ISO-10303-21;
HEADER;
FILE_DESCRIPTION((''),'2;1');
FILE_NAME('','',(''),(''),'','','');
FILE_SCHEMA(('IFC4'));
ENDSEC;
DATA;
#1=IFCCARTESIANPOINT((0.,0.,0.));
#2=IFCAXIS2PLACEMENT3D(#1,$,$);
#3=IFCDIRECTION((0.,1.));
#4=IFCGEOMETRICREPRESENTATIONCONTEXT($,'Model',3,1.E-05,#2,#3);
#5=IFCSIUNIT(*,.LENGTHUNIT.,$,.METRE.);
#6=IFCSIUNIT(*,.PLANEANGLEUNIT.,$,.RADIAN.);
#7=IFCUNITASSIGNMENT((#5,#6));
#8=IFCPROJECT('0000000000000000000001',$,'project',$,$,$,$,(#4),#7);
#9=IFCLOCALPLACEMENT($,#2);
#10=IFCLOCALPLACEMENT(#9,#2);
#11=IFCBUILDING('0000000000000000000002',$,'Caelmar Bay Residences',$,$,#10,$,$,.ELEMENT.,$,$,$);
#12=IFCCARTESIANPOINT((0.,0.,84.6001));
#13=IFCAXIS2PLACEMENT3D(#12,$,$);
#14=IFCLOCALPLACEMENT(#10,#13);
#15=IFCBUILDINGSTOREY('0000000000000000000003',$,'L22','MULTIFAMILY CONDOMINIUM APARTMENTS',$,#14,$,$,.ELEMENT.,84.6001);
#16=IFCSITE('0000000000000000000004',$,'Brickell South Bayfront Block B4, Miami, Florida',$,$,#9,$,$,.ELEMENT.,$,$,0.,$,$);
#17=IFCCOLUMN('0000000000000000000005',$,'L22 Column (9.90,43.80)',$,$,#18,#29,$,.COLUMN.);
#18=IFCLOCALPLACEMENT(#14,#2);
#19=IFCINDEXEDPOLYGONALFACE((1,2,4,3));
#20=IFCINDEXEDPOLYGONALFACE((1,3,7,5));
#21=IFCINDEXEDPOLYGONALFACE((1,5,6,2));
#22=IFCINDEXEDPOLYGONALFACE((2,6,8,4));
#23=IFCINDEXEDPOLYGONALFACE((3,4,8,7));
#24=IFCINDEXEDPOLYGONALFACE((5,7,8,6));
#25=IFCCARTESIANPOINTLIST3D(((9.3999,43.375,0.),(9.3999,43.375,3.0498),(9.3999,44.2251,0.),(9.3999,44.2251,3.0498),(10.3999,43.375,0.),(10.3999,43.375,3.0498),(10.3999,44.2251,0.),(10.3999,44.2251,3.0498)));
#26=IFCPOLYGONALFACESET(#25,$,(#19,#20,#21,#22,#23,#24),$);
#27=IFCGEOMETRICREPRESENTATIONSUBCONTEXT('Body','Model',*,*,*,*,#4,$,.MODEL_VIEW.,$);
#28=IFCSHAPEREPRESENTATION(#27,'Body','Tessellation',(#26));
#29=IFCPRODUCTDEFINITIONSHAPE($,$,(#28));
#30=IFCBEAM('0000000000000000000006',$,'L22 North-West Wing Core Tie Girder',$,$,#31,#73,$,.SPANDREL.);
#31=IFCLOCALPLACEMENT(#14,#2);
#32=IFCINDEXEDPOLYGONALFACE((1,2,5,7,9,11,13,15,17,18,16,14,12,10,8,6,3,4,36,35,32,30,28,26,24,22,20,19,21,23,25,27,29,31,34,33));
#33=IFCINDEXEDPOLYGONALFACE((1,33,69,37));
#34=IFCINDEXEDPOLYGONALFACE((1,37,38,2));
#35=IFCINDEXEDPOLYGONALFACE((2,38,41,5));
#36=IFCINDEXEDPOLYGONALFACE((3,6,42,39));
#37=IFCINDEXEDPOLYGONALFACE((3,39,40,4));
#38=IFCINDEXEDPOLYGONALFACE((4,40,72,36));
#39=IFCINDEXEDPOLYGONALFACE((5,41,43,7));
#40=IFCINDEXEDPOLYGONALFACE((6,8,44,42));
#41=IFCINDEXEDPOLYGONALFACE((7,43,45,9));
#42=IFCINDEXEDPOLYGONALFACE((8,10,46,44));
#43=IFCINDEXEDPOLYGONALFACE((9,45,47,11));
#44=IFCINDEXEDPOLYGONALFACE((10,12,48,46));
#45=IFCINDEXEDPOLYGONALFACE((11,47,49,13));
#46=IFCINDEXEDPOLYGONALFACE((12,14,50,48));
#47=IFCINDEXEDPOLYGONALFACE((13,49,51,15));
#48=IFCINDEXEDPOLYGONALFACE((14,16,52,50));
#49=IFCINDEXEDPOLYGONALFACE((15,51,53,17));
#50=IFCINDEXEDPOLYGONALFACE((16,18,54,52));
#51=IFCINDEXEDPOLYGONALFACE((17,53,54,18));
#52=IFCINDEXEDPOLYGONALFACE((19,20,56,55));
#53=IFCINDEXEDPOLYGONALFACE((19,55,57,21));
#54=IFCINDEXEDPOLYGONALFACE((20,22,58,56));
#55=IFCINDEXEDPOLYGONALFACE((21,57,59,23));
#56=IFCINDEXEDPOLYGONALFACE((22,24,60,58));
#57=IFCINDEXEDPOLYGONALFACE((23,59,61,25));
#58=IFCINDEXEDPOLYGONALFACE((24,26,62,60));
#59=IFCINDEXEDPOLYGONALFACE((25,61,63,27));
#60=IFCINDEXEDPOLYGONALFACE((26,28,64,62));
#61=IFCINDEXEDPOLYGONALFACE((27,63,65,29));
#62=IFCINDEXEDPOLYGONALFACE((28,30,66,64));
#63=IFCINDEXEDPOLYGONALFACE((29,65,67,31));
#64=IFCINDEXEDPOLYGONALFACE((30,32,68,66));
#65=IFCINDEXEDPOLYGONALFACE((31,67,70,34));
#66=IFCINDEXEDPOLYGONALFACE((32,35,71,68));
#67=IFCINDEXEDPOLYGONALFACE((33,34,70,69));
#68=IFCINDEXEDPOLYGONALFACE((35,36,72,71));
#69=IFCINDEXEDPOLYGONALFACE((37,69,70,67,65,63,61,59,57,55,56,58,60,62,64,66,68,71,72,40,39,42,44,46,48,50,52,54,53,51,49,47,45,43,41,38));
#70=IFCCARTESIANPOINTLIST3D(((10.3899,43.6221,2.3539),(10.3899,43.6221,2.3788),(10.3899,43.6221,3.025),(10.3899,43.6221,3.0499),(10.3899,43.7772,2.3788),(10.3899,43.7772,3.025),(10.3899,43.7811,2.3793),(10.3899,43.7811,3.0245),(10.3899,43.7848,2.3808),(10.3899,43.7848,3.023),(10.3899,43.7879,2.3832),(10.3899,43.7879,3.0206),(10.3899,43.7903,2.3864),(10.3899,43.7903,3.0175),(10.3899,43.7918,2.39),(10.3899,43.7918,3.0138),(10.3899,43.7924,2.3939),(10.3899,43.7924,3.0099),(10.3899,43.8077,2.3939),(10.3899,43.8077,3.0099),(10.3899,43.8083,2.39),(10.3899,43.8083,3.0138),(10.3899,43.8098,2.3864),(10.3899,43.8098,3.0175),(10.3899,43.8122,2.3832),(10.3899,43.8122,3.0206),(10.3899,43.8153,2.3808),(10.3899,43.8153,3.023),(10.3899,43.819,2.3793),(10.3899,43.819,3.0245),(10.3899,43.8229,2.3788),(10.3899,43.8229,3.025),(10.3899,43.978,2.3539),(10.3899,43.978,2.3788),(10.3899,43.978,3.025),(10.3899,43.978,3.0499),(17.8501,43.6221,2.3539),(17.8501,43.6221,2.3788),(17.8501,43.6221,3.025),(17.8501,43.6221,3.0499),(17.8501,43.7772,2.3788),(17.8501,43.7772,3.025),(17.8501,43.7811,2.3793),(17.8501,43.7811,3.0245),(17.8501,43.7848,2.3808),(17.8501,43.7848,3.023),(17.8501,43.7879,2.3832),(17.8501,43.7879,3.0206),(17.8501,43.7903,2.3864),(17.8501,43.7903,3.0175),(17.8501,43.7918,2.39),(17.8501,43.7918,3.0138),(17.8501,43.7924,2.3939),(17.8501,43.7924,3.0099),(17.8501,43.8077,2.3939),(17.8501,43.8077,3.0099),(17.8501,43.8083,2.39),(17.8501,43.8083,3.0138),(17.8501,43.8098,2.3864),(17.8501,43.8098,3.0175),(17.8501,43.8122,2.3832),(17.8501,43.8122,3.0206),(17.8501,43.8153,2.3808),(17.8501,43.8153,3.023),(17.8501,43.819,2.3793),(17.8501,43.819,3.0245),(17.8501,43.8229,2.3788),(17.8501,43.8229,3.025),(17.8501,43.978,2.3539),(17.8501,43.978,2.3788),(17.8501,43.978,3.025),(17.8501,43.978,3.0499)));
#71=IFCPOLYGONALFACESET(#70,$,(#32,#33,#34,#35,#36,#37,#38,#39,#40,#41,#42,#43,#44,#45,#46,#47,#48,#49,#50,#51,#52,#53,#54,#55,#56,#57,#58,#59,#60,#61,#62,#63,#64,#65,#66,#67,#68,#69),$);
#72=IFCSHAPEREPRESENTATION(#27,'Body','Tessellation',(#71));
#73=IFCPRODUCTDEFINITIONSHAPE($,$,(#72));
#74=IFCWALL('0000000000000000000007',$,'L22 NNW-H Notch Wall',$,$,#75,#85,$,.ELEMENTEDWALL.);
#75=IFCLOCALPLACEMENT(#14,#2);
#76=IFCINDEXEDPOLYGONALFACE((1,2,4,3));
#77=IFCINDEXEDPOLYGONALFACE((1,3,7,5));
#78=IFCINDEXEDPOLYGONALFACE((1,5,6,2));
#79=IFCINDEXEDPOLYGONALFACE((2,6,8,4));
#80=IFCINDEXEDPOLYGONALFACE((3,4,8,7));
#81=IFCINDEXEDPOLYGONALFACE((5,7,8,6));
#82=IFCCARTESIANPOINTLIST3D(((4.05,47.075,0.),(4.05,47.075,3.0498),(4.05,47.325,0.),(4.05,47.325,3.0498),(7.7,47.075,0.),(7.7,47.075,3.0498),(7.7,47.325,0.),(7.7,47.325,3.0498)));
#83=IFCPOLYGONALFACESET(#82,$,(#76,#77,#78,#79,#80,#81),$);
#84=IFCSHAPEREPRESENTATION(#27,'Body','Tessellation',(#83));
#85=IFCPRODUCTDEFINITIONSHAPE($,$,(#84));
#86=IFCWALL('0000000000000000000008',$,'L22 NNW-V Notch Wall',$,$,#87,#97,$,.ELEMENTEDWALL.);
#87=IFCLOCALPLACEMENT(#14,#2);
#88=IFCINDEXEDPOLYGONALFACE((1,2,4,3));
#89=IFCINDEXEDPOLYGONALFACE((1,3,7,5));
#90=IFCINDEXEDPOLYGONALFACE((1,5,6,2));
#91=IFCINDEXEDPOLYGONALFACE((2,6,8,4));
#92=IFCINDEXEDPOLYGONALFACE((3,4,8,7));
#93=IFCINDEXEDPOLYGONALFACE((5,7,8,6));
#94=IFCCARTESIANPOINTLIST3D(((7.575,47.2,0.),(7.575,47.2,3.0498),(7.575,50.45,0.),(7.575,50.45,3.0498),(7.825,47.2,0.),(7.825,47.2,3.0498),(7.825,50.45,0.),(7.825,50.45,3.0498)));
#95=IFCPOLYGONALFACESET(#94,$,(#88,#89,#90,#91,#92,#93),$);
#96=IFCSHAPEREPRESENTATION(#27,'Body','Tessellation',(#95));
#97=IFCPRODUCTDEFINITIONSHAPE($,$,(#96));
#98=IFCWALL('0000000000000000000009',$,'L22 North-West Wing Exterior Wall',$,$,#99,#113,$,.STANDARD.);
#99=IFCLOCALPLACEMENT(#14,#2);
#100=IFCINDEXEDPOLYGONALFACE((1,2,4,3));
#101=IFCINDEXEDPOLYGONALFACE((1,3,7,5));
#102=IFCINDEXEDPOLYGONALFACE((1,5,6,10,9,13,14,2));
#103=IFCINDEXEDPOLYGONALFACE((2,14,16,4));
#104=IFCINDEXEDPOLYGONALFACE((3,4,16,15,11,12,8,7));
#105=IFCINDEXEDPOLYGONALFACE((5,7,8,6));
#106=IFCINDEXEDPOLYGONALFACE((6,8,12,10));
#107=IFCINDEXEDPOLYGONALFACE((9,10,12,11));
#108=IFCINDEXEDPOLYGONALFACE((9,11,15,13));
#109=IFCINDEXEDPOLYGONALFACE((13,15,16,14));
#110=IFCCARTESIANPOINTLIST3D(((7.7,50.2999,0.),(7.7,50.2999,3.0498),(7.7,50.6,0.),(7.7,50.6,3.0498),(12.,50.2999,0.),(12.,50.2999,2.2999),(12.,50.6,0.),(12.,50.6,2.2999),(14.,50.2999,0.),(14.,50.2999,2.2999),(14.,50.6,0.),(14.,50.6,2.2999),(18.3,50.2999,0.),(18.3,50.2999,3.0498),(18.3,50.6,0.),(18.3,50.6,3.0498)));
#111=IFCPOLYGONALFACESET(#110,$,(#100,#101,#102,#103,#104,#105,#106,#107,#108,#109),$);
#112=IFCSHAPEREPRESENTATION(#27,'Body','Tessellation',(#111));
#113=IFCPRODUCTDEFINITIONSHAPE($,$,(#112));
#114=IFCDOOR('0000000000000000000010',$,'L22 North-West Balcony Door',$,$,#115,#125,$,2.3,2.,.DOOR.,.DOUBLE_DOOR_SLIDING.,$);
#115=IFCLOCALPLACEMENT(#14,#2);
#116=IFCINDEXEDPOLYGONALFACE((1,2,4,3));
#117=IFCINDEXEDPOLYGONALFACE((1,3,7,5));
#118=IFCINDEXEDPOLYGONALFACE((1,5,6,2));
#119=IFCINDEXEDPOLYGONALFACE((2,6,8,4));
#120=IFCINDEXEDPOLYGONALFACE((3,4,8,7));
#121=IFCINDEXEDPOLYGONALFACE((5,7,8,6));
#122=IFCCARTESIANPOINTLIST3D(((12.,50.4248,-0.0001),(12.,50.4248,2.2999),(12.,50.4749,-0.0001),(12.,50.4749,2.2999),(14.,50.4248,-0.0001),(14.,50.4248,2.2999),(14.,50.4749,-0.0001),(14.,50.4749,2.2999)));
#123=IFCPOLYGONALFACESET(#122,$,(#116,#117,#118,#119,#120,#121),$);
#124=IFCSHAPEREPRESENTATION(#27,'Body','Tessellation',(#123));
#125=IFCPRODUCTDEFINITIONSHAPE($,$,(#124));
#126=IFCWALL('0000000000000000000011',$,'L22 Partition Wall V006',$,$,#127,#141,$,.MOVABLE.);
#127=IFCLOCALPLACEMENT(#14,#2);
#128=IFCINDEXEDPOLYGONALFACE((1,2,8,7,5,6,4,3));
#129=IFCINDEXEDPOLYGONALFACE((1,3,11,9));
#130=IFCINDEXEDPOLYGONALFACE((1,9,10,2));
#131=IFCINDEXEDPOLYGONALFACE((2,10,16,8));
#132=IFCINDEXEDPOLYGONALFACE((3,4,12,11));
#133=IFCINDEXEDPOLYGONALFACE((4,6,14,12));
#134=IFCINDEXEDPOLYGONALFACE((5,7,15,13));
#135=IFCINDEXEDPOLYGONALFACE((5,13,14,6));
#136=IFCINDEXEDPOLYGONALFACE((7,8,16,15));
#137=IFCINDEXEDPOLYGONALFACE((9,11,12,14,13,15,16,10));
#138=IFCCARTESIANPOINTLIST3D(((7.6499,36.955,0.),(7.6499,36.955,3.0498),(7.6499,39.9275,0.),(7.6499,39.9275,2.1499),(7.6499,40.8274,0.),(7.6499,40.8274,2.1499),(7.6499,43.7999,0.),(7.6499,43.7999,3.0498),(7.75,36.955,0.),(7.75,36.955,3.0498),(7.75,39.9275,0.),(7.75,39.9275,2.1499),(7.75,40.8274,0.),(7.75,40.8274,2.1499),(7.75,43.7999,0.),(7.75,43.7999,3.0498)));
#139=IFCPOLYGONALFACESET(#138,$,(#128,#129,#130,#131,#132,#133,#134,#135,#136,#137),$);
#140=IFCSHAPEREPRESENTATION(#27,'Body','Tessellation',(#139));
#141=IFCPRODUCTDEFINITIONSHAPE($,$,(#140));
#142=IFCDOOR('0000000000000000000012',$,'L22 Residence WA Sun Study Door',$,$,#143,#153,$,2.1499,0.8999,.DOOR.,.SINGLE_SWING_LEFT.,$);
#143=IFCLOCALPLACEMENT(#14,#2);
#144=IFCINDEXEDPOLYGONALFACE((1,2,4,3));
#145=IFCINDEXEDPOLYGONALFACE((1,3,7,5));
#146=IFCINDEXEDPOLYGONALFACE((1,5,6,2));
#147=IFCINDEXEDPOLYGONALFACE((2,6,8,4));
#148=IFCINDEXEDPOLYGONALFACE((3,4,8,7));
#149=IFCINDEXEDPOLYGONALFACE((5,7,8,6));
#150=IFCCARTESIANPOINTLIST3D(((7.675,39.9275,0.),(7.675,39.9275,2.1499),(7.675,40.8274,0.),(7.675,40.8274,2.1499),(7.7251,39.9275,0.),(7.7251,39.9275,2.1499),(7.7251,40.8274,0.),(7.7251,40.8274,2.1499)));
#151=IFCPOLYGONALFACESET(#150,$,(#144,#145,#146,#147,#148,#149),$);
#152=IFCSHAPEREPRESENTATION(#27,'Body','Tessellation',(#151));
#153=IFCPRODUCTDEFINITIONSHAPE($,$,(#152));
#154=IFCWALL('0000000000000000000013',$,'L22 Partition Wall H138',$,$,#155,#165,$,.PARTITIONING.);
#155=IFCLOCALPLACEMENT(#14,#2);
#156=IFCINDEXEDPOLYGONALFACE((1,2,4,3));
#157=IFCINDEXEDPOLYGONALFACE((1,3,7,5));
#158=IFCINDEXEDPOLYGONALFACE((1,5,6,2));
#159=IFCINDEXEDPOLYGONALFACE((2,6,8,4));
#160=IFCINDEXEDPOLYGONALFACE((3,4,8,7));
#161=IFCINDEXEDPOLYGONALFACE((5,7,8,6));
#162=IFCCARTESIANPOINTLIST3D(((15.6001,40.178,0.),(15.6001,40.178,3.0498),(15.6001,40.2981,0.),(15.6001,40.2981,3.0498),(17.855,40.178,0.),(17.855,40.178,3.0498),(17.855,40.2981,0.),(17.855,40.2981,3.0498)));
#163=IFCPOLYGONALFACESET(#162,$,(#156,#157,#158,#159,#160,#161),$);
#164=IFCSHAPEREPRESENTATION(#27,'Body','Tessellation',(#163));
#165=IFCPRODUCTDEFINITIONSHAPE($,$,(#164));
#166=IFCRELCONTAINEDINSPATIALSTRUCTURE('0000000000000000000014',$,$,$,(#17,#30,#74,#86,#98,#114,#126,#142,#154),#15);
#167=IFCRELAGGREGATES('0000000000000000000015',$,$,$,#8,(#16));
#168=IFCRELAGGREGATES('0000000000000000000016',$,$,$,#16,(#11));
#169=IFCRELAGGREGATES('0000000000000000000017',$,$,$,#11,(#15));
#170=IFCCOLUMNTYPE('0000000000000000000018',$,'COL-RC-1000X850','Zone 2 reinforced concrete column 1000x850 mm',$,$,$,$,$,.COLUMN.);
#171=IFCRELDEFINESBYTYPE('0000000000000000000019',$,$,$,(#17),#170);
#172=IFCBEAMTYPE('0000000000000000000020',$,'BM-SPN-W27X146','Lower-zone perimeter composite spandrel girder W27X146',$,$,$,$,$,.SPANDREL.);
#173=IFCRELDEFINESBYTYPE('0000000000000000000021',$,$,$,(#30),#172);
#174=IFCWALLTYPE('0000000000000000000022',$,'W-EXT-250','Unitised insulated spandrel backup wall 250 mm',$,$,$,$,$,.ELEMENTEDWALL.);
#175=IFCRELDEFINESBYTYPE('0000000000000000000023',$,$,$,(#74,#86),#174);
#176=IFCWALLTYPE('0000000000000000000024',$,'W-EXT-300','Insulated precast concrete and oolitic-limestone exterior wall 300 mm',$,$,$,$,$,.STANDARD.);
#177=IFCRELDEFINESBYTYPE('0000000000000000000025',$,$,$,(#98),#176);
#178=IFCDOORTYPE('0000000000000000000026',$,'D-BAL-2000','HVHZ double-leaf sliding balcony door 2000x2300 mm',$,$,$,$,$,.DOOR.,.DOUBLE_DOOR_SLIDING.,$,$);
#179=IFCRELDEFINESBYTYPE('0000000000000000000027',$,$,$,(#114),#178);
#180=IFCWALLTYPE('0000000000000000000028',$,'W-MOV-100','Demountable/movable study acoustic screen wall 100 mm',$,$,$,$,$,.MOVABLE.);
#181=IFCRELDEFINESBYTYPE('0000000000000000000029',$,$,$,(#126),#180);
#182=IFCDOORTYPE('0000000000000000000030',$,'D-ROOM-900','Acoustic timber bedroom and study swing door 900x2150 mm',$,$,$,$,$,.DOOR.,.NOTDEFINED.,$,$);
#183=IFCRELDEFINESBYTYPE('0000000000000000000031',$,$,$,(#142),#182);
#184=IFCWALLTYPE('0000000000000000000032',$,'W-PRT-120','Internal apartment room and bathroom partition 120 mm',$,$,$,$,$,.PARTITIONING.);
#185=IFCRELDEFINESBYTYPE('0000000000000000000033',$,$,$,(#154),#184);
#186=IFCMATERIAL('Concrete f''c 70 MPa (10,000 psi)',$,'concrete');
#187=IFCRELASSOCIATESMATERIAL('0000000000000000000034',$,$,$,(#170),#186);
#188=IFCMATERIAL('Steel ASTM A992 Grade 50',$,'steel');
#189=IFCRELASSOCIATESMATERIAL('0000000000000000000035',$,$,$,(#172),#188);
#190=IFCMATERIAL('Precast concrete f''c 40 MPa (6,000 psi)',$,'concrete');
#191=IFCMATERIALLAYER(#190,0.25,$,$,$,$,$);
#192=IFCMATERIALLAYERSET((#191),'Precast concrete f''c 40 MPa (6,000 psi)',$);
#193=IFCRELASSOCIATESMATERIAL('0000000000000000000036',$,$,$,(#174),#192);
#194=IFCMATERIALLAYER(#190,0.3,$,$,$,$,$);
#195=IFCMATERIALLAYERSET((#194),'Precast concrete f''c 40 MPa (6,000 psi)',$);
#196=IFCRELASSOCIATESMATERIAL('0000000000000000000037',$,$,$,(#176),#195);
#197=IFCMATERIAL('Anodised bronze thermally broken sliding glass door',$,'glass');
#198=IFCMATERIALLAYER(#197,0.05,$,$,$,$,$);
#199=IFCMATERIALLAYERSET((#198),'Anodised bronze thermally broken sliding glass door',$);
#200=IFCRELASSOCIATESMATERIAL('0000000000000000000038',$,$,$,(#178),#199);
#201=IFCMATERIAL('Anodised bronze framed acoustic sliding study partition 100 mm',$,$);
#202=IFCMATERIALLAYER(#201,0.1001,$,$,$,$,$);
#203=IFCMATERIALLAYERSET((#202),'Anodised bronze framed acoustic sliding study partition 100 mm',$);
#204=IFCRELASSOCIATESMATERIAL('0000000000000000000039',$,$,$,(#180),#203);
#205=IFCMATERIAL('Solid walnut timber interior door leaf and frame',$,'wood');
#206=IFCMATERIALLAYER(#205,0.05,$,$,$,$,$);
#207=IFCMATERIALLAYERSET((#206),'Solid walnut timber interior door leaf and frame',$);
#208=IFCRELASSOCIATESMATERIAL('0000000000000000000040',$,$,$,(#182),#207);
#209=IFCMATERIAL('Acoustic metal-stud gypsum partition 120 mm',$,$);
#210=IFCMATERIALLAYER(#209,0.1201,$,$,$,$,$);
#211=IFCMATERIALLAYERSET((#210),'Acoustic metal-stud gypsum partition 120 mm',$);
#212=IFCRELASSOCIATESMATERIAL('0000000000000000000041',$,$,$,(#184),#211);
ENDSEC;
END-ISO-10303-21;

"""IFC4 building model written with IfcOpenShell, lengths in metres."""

from ifc_helpers import new_model, si_unit, direction, frame, frame_2d, origin, origin_2d, place, context, subcontext, project, spatial, rectangle, i_section, extrude, material, layer, layer_set, material_profile, profile_set, type_object, element, fill, save


model = new_model("IFC4")

# Units and contexts
model_context = context("Model", 3, precision=1e-05, world=origin(), true_north=direction((0.0, 1.0)))
body_context = subcontext(model_context, "Body", "Model", "MODEL_VIEW")
ifc_project = project(units=[si_unit("LENGTHUNIT", "METRE"), si_unit("PLANEANGLEUNIT", "RADIAN")], contexts=[model_context])

# Site, building, storey
site_placement = place(None, origin())
site = spatial("IfcSite", under=ifc_project, at=site_placement, Name="Brickell South Bayfront Block B4, Miami, Florida", CompositionType="ELEMENT", RefElevation=0.0)
building_placement = place(site_placement, origin())
building = spatial("IfcBuilding", under=site, at=building_placement, Name="Caelmar Bay Residences", CompositionType="ELEMENT")
storey_placement = place(building_placement, frame((0.0, 0.0, 84.6001)))
storey = spatial("IfcBuildingStorey", under=building, at=storey_placement, Name="L22", Description="MULTIFAMILY CONDOMINIUM APARTMENTS", CompositionType="ELEMENT", Elevation=84.6001)

# Column
ifc_material_1 = material(Name="Concrete f'c 70 MPa (10,000 psi)", Category="concrete")
ifc_material_profile_1 = material_profile(ifc_material_1, rectangle(XDim=1.0, YDim=0.8501, at=origin_2d()), Name="RC-COL-1000X850")
ifc_profile_set_1 = profile_set([ifc_material_profile_1], Name="Concrete f'c 70 MPa (10,000 psi)")
column_type = type_object("IfcColumnType", Name="COL-RC-1000X850", Description="Zone 2 reinforced concrete column 1000x850 mm", PredefinedType="COLUMN", material=ifc_profile_set_1)
column_placement = place(storey_placement, frame((9.8999, 43.8, 0.0), z_axis=(0.0, 0.0, 1.0), x_axis=(1.0, 0.0, 0.0)))
element("IfcColumn", 1, at=column_placement, inside=storey, type_object=column_type, Name="L22 Column (9.90,43.80)", PredefinedType="COLUMN", context=body_context, shape_type="SweptSolid", body=[
    extrude(rectangle(XDim=1.0, YDim=0.8501, at=origin_2d()), origin(), (0.0, 0.0, 1.0), 3.0498),
])

# Beam
ifc_material_2 = material(Name="Steel ASTM A992 Grade 50", Category="steel")
ifc_material_profile_2 = material_profile(ifc_material_2, i_section(OverallWidth=0.356, OverallDepth=0.696, WebThickness=0.0154, FlangeThickness=0.0249, FilletRadius=0.0151, at=origin_2d()), Name="W27X146")
ifc_profile_set_2 = profile_set([ifc_material_profile_2], Name="Steel ASTM A992 Grade 50")
beam_type = type_object("IfcBeamType", Name="BM-SPN-W27X146", Description="Lower-zone perimeter composite spandrel girder W27X146", PredefinedType="SPANDREL", material=ifc_profile_set_2)
beam_placement = place(storey_placement, frame((10.3899, 43.8, 2.7019), z_axis=(1.0, 0.0, 0.0), x_axis=(0.0, 1.0, 0.0)))
element("IfcBeam", 2, at=beam_placement, inside=storey, type_object=beam_type, Name="L22 North-West Wing Core Tie Girder", PredefinedType="SPANDREL", context=body_context, shape_type="SweptSolid", body=[
    extrude(i_section(OverallWidth=0.356, OverallDepth=0.696, WebThickness=0.0154, FlangeThickness=0.0249, FilletRadius=0.0151, at=origin_2d()), origin(), (0.0, 0.0, 1.0), 7.4602),
])

# Walls
ifc_material_3 = material(Name="Precast concrete f'c 40 MPa (6,000 psi)", Category="concrete")
ifc_layer_1 = layer(ifc_material_3, 0.25)
ifc_layer_set_1 = layer_set([ifc_layer_1], Name="Precast concrete f'c 40 MPa (6,000 psi)")
wall_type_1 = type_object("IfcWallType", Name="W-EXT-250", Description="Unitised insulated spandrel backup wall 250 mm", PredefinedType="ELEMENTEDWALL", material=ifc_layer_set_1)
wall_1_placement = place(storey_placement, frame((4.05, 47.2, 0.0), z_axis=(0.0, 0.0, 1.0), x_axis=(1.0, 0.0, 0.0)))
element("IfcWall", 3, at=wall_1_placement, inside=storey, type_object=wall_type_1, Name="L22 NNW-H Notch Wall", PredefinedType="ELEMENTEDWALL", context=body_context, shape_type="SweptSolid", body=[
    extrude(rectangle(XDim=3.6499, YDim=0.25, at=frame_2d((1.825, 0.0))), origin(), (0.0, 0.0, 1.0), 3.0498),
])
wall_2_placement = place(storey_placement, frame((7.7, 47.2, 0.0), z_axis=(0.0, 0.0, 1.0), x_axis=(0.0, 1.0, 0.0)))
element("IfcWall", 4, at=wall_2_placement, inside=storey, type_object=wall_type_1, Name="L22 NNW-V Notch Wall", PredefinedType="ELEMENTEDWALL", context=body_context, shape_type="SweptSolid", body=[
    extrude(rectangle(XDim=3.25, YDim=0.25, at=frame_2d((1.625, 0.0))), origin(), (0.0, 0.0, 1.0), 3.0498),
])

# Walls, openings, doors
ifc_layer_2 = layer(ifc_material_3, 0.3)
ifc_layer_set_2 = layer_set([ifc_layer_2], Name="Precast concrete f'c 40 MPa (6,000 psi)")
wall_type_2 = type_object("IfcWallType", Name="W-EXT-300", Description="Insulated precast concrete and oolitic-limestone exterior wall 300 mm", PredefinedType="STANDARD", material=ifc_layer_set_2)
wall_3_placement = place(storey_placement, frame((7.7, 50.45, 0.0), z_axis=(0.0, 0.0, 1.0), x_axis=(1.0, 0.0, 0.0)))
wall_3 = element("IfcWall", 5, at=wall_3_placement, inside=storey, type_object=wall_type_2, Name="L22 North-West Wing Exterior Wall", PredefinedType="STANDARD", context=body_context, shape_type="SweptSolid", body=[
    extrude(rectangle(XDim=10.6001, YDim=0.3, at=frame_2d((5.3, 0.0))), origin(), (0.0, 0.0, 1.0), 3.0498),
])
opening_1_placement = place(wall_3_placement, frame((4.3, 0.0, 0.0)))
opening_1 = element("IfcOpeningElement", 6, at=opening_1_placement, cuts=wall_3, PredefinedType="OPENING", context=body_context, shape_type="SweptSolid", body=[
    extrude(rectangle(XDim=2.0, YDim=2.3, at=frame_2d((1.0, 1.1499))), frame((0.0, 0.1599, 0.0), z_axis=(0.0, -1.0, 0.0), x_axis=(1.0, 0.0, 0.0)), (0.0, 0.0, 1.0), 0.3201),
])
ifc_material_4 = material(Name="Anodised bronze thermally broken sliding glass door", Category="glass")
ifc_layer_3 = layer(ifc_material_4, 0.05)
ifc_layer_set_3 = layer_set([ifc_layer_3], Name="Anodised bronze thermally broken sliding glass door")
door_type_1 = type_object("IfcDoorType", Name="D-BAL-2000", Description="HVHZ double-leaf sliding balcony door 2000x2300 mm", OperationType="DOUBLE_DOOR_SLIDING", PredefinedType="DOOR", material=ifc_layer_set_3)
door_1_placement = place(opening_1_placement, origin())
door_1 = element("IfcDoor", 7, at=door_1_placement, inside=storey, type_object=door_type_1, Name="L22 North-West Balcony Door", OperationType="DOUBLE_DOOR_SLIDING", OverallHeight=2.3, OverallWidth=2.0, PredefinedType="DOOR", context=body_context, shape_type="SweptSolid", body=[
    extrude(rectangle(XDim=2.0, YDim=2.3, at=frame_2d((1.0, 1.1499))), frame((0.0, 0.0249, 0.0), z_axis=(0.0, -1.0, 0.0), x_axis=(1.0, 0.0, 0.0)), (0.0, 0.0, 1.0), 0.05),
])
fill(opening_1, door_1)
ifc_material_5 = material(Name="Anodised bronze framed acoustic sliding study partition 100 mm")
ifc_layer_4 = layer(ifc_material_5, 0.1001)
ifc_layer_set_4 = layer_set([ifc_layer_4], Name="Anodised bronze framed acoustic sliding study partition 100 mm")
wall_type_3 = type_object("IfcWallType", Name="W-MOV-100", Description="Demountable/movable study acoustic screen wall 100 mm", PredefinedType="MOVABLE", material=ifc_layer_set_4)
wall_4_placement = place(storey_placement, frame((7.7, 36.9551, 0.0), z_axis=(0.0, 0.0, 1.0), x_axis=(0.0, 1.0, 0.0)))
wall_4 = element("IfcWall", 8, at=wall_4_placement, inside=storey, type_object=wall_type_3, Name="L22 Partition Wall V006", PredefinedType="MOVABLE", context=body_context, shape_type="SweptSolid", body=[
    extrude(rectangle(XDim=6.845, YDim=0.1001, at=frame_2d((3.4224, 0.0))), origin(), (0.0, 0.0, 1.0), 3.0498),
])
opening_2_placement = place(wall_4_placement, frame((2.9724, 0.0, 0.0)))
opening_2 = element("IfcOpeningElement", 9, at=opening_2_placement, cuts=wall_4, PredefinedType="OPENING", context=body_context, shape_type="SweptSolid", body=[
    extrude(rectangle(XDim=0.8999, YDim=2.1499, at=frame_2d((0.45, 1.075))), frame((0.0, 0.0601, 0.0), z_axis=(0.0, -1.0, 0.0), x_axis=(1.0, 0.0, 0.0)), (0.0, 0.0, 1.0), 0.1201),
])
ifc_material_6 = material(Name="Solid walnut timber interior door leaf and frame", Category="wood")
ifc_layer_5 = layer(ifc_material_6, 0.05)
ifc_layer_set_5 = layer_set([ifc_layer_5], Name="Solid walnut timber interior door leaf and frame")
door_type_2 = type_object("IfcDoorType", Name="D-ROOM-900", Description="Acoustic timber bedroom and study swing door 900x2150 mm", OperationType="NOTDEFINED", PredefinedType="DOOR", material=ifc_layer_set_5)
door_2_placement = place(opening_2_placement, origin())
door_2 = element("IfcDoor", 10, at=door_2_placement, inside=storey, type_object=door_type_2, Name="L22 Residence WA Sun Study Door", OperationType="SINGLE_SWING_LEFT", OverallHeight=2.1499, OverallWidth=0.8999, PredefinedType="DOOR", context=body_context, shape_type="SweptSolid", body=[
    extrude(rectangle(XDim=0.8999, YDim=2.1499, at=frame_2d((0.45, 1.075))), frame((0.0, 0.0249, 0.0), z_axis=(0.0, -1.0, 0.0), x_axis=(1.0, 0.0, 0.0)), (0.0, 0.0, 1.0), 0.05),
])
fill(opening_2, door_2)
ifc_material_7 = material(Name="Acoustic metal-stud gypsum partition 120 mm")
ifc_layer_6 = layer(ifc_material_7, 0.1201)
ifc_layer_set_6 = layer_set([ifc_layer_6], Name="Acoustic metal-stud gypsum partition 120 mm")
wall_type_4 = type_object("IfcWallType", Name="W-PRT-120", Description="Internal apartment room and bathroom partition 120 mm", PredefinedType="PARTITIONING", material=ifc_layer_set_6)

# Wall
wall_5_placement = place(storey_placement, frame((15.6001, 40.238, 0.0), z_axis=(0.0, 0.0, 1.0), x_axis=(1.0, 0.0, 0.0)))
element("IfcWall", 11, at=wall_5_placement, inside=storey, type_object=wall_type_4, Name="L22 Partition Wall H138", PredefinedType="PARTITIONING", context=body_context, shape_type="SweptSolid", body=[
    extrude(rectangle(XDim=2.2549, YDim=0.1201, at=frame_2d((1.1274, 0.0))), origin(), (0.0, 0.0, 1.0), 3.0498),
])

save(model, "model.ifc")
